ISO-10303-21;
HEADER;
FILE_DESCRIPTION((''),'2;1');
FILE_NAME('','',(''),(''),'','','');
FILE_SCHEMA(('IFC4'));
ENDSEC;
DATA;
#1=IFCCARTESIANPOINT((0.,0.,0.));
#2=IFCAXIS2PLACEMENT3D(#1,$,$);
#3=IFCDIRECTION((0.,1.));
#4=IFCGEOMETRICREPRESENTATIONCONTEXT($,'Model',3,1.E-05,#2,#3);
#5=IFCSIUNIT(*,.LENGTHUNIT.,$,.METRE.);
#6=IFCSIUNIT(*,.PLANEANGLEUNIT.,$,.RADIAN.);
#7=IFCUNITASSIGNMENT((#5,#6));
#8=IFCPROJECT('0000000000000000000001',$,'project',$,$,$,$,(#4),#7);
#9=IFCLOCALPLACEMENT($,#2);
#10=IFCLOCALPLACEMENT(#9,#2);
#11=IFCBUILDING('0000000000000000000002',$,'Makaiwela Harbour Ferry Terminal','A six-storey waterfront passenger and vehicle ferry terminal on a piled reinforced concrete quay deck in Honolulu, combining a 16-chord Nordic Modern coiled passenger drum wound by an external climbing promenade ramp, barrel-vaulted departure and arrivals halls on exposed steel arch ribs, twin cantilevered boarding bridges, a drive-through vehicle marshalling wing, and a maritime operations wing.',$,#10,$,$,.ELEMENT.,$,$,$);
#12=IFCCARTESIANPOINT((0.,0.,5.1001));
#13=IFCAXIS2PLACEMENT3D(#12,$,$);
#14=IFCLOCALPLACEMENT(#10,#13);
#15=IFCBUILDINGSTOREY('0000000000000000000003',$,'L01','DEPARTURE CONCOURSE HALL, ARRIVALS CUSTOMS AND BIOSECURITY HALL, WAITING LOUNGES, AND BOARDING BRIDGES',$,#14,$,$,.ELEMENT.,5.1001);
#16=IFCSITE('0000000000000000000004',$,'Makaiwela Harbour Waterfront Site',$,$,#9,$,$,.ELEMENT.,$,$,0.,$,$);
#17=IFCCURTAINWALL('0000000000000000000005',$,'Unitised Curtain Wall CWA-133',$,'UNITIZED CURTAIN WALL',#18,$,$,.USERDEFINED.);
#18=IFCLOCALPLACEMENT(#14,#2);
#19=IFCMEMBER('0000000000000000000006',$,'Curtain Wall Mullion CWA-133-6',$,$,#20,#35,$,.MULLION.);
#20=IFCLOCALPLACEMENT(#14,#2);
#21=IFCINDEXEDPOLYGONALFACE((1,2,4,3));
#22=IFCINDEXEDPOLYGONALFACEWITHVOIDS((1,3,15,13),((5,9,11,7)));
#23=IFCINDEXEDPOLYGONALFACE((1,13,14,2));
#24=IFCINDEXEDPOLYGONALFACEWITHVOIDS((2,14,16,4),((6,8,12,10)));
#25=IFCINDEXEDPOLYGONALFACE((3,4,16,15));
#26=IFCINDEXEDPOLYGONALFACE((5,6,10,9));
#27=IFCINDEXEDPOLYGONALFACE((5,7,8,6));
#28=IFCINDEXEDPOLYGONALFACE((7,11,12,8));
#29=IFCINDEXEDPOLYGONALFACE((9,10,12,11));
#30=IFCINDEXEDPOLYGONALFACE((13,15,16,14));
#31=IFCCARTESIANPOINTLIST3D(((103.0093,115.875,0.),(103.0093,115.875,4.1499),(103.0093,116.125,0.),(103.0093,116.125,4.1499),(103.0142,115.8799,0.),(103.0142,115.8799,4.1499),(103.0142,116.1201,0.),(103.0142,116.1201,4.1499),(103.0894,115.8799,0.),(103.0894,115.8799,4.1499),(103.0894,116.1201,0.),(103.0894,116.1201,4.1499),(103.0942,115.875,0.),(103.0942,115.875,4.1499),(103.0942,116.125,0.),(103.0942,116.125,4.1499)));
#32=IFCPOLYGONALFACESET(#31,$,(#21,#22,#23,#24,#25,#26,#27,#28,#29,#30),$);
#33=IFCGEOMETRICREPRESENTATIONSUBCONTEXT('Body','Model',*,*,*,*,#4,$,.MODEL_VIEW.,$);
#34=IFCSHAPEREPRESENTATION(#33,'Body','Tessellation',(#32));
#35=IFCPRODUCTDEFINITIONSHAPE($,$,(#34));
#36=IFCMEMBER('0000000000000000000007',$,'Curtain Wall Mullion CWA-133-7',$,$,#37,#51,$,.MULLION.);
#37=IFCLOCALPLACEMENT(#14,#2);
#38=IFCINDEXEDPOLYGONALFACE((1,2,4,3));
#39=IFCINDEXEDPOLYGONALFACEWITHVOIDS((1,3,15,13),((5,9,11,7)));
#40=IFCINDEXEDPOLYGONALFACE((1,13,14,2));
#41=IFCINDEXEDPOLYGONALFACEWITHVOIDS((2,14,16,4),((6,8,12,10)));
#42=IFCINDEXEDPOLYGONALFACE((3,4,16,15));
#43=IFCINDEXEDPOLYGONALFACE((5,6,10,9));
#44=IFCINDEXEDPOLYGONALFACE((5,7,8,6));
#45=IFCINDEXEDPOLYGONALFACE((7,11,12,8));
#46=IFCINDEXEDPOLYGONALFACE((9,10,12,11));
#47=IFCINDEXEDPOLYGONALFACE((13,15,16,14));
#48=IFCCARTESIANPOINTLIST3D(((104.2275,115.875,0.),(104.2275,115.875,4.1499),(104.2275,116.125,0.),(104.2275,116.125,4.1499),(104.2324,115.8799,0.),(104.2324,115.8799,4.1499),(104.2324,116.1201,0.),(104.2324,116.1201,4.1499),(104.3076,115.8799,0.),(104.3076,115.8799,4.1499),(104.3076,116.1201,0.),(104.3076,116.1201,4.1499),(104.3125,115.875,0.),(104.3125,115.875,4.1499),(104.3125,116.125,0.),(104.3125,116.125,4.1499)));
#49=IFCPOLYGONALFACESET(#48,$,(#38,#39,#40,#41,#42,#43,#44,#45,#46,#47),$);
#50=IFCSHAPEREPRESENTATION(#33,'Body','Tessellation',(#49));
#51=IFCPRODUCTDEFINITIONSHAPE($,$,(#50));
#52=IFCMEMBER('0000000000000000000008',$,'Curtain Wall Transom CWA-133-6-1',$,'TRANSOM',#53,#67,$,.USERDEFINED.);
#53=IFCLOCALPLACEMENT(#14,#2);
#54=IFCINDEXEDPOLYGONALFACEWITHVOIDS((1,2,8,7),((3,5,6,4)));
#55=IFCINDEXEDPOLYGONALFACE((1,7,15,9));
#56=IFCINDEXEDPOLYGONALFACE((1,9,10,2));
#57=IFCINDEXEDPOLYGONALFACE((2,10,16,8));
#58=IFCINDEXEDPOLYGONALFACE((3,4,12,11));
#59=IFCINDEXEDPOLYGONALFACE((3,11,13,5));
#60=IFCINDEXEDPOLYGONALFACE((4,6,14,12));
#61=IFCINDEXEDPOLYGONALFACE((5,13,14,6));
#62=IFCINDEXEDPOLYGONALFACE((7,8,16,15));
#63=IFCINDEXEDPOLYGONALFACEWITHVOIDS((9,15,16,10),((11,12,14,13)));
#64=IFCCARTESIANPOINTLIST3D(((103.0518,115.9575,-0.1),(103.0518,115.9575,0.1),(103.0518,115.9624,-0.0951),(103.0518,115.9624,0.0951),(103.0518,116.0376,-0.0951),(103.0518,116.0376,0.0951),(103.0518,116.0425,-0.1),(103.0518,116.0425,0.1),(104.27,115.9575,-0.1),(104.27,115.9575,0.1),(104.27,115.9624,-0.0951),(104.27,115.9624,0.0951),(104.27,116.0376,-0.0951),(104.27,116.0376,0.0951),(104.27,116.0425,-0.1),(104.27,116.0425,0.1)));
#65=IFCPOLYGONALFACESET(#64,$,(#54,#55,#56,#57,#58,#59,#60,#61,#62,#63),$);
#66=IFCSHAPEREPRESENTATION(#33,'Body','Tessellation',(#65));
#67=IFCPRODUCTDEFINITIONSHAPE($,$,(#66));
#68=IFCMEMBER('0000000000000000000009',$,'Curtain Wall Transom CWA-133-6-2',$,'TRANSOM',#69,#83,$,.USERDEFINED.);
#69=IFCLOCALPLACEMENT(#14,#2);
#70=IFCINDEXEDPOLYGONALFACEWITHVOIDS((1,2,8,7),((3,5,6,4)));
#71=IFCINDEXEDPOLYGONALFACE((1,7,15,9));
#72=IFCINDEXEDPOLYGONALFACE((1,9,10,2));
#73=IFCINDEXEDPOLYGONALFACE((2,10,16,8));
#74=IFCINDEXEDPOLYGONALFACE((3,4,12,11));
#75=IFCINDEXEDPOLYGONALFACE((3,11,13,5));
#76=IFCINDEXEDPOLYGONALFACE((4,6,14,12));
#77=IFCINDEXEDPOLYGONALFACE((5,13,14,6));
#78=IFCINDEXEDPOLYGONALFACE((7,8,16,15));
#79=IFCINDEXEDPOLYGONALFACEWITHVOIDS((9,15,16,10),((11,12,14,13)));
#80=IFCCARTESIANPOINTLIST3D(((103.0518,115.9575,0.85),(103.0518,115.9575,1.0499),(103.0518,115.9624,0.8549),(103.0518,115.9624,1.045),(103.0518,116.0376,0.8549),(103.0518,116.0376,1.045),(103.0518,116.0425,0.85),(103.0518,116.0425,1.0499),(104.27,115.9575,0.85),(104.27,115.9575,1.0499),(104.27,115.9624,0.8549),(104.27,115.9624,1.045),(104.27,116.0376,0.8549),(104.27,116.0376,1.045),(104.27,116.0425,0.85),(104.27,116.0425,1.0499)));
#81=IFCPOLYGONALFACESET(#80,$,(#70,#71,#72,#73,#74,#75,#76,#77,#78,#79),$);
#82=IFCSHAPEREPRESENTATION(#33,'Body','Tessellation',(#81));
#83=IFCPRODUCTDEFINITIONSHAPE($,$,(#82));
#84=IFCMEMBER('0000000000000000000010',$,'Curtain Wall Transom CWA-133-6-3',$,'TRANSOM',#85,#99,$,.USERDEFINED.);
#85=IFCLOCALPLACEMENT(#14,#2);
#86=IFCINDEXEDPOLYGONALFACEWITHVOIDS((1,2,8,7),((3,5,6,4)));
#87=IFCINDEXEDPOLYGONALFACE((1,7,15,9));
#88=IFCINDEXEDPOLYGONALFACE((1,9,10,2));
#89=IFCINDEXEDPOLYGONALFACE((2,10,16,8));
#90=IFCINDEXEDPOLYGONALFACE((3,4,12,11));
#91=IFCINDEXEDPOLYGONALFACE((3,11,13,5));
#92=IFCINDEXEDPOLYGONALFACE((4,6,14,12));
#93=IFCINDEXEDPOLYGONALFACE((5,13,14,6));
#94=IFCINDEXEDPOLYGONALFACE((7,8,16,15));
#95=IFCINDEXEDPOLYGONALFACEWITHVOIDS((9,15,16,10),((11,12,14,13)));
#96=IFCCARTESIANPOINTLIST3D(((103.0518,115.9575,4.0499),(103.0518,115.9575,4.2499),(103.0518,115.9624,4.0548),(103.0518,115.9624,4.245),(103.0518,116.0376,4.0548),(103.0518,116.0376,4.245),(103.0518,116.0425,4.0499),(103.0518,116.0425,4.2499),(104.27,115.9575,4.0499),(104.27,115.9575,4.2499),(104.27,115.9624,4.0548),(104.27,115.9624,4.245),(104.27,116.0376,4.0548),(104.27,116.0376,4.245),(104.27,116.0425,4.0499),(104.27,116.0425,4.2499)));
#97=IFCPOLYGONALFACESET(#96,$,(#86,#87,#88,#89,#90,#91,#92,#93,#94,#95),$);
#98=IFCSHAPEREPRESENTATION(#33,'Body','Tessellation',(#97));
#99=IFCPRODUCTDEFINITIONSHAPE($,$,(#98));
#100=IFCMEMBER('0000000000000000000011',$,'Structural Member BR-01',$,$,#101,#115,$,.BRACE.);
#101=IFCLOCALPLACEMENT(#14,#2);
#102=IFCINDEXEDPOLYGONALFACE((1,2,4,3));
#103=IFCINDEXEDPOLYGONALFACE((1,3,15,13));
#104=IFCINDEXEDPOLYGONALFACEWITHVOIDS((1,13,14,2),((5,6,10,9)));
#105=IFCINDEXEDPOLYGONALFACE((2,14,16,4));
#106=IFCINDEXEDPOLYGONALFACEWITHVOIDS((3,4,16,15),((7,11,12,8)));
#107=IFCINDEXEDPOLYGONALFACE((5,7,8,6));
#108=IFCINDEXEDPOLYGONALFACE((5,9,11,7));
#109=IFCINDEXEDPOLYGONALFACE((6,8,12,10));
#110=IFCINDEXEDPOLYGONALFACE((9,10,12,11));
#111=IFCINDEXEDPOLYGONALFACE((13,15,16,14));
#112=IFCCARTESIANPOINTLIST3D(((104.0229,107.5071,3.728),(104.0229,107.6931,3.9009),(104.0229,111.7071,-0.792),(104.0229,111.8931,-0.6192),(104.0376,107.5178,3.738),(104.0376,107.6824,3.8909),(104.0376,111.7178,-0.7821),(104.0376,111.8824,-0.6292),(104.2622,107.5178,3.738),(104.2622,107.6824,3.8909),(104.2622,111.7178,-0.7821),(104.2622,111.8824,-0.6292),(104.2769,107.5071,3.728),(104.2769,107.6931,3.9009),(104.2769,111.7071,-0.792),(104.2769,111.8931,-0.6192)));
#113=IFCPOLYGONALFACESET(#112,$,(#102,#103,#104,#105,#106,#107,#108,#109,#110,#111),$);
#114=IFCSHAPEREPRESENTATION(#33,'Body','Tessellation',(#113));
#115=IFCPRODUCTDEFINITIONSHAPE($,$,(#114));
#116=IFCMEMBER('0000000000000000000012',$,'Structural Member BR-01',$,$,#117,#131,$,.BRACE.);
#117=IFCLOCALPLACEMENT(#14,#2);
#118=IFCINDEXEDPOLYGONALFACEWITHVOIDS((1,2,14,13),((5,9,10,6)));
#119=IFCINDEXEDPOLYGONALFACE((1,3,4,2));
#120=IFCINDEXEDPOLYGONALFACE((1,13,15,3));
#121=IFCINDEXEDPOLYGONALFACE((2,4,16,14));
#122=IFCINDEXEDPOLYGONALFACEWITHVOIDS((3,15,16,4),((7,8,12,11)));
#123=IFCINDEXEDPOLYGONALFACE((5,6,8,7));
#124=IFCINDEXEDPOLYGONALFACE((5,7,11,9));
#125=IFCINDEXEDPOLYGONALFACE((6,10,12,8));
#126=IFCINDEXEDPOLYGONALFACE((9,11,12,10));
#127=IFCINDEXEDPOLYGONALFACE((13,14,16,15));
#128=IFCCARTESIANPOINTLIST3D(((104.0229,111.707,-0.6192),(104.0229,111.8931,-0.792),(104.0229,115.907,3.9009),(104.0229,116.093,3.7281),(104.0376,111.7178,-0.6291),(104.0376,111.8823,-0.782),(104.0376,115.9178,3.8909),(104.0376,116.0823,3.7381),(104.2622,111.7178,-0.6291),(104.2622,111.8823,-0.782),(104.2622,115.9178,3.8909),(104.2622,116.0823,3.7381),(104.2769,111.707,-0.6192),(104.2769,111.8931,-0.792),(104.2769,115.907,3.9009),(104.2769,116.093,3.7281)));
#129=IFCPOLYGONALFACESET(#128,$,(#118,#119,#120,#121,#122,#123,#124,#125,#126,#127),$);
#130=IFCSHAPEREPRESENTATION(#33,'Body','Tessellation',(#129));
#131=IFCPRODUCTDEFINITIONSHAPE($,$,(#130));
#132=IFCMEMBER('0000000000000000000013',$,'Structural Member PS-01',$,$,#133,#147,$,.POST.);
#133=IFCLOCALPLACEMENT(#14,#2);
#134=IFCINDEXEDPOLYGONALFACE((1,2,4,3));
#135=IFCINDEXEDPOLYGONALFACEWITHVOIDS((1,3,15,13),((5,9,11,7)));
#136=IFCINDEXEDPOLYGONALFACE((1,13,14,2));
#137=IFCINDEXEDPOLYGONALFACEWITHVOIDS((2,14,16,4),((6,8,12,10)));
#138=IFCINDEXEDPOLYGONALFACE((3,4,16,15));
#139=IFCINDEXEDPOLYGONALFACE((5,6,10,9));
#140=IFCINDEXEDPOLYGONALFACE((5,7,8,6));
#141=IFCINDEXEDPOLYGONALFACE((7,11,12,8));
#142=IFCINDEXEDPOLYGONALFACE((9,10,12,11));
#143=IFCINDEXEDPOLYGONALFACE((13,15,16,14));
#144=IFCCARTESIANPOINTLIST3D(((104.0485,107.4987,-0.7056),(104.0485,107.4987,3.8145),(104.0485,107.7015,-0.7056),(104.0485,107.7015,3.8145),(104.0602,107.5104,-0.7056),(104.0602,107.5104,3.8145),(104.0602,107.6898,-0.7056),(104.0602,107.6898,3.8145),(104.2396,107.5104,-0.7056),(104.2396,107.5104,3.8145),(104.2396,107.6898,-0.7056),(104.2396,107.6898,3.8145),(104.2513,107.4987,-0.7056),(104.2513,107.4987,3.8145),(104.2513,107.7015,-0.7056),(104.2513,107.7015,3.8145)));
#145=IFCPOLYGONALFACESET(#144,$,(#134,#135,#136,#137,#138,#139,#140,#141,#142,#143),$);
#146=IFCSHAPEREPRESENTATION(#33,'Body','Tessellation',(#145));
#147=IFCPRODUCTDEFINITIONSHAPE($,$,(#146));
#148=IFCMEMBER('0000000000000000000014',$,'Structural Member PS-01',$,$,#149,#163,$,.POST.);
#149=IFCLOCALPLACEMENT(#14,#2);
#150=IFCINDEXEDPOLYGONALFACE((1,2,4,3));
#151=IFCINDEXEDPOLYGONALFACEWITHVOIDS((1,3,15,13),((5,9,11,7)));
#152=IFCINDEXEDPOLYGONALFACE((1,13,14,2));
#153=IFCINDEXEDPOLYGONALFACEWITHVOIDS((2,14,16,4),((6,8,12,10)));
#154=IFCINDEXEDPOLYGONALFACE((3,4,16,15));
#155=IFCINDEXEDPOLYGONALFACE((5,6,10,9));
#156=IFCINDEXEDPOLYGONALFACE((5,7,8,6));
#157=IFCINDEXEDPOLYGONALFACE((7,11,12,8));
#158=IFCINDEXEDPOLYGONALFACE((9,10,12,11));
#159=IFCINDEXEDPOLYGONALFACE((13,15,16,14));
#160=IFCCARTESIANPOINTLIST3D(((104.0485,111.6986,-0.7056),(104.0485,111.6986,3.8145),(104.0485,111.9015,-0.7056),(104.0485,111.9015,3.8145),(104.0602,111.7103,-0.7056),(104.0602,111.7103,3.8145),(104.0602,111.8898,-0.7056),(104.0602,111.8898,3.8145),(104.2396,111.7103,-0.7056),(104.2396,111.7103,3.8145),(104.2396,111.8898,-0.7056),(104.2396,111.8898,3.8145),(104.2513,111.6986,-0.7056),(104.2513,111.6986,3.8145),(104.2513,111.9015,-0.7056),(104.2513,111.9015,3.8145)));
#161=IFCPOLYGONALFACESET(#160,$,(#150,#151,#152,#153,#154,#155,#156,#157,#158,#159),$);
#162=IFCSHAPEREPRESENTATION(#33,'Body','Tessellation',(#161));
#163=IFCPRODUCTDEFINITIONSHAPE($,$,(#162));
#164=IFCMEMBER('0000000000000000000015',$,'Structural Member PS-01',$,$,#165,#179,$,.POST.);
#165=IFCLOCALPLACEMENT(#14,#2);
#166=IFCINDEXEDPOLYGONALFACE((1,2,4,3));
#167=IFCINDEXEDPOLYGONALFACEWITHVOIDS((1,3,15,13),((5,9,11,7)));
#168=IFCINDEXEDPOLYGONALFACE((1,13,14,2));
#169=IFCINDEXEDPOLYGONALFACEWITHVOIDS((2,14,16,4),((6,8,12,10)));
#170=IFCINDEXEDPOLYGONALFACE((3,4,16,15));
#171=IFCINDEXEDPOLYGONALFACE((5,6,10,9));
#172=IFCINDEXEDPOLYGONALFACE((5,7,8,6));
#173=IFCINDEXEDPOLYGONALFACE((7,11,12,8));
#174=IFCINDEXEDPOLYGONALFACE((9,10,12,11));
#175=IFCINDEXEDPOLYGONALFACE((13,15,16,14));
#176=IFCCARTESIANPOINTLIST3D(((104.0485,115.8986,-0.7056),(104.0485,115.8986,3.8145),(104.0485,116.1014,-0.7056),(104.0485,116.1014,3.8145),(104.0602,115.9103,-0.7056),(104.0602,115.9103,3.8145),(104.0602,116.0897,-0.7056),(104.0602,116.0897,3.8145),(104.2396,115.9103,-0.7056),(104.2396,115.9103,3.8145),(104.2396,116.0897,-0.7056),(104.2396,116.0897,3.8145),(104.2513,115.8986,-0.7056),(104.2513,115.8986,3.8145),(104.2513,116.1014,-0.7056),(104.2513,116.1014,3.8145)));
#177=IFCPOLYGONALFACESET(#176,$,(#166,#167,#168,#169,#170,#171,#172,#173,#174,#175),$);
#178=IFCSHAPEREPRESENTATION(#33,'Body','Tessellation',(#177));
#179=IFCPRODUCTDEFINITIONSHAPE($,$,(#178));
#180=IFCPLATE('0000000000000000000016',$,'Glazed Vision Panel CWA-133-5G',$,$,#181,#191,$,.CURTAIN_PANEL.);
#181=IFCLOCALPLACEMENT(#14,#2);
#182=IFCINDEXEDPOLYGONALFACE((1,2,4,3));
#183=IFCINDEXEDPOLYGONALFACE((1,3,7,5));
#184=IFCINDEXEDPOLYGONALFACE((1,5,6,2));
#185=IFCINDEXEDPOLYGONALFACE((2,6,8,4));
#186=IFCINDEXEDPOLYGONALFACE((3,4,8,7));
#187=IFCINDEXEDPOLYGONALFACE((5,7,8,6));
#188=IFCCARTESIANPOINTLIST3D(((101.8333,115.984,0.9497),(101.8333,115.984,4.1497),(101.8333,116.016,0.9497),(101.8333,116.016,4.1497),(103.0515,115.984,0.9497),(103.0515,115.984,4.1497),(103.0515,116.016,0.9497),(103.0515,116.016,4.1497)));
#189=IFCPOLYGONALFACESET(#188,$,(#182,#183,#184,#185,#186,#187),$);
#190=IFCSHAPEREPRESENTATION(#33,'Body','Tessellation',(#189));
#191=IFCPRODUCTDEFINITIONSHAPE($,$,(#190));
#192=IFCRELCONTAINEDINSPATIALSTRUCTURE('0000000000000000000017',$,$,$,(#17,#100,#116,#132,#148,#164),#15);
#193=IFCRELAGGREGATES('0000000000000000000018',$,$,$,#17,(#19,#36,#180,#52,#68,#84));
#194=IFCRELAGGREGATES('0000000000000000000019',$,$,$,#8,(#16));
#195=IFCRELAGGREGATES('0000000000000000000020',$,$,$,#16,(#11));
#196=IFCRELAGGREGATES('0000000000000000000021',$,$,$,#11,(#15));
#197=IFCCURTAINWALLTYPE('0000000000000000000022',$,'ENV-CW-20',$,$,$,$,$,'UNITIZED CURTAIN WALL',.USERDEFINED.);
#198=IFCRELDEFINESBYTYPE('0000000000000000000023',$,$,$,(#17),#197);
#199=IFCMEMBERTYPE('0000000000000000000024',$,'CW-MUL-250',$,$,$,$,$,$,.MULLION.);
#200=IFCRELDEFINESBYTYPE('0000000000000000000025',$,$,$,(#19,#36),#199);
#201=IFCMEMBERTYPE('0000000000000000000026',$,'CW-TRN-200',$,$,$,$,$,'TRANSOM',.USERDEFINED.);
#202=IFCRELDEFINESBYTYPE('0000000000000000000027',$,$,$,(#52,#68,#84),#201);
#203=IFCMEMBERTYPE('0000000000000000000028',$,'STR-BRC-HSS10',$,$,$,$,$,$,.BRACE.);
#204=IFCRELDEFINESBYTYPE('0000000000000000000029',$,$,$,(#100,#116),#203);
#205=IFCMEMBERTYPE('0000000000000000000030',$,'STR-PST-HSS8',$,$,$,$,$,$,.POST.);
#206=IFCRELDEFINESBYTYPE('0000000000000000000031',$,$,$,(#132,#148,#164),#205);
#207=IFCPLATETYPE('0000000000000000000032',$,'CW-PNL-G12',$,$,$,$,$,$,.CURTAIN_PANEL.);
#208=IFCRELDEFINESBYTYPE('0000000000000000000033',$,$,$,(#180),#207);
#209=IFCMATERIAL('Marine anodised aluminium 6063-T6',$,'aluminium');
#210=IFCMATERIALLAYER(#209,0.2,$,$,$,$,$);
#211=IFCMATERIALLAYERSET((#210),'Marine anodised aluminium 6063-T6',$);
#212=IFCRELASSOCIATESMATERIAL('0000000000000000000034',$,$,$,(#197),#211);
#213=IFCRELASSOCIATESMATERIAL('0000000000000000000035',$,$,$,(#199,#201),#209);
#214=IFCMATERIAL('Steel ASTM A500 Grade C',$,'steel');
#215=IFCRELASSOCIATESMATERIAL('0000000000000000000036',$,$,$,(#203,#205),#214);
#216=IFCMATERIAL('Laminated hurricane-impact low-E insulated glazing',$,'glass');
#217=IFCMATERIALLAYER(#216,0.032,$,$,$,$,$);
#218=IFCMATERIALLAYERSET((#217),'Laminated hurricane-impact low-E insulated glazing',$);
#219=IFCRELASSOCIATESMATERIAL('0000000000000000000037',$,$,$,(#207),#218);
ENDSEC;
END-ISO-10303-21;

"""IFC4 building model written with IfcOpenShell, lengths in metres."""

from ifc_helpers import new_model, si_unit, direction, frame, origin, origin_2d, place, context, subcontext, project, spatial, rectangle, hollow_rectangle, extrude, material, layer, layer_set, material_profile, profile_set, type_object, element, aggregate, save


model = new_model("IFC4")

# Units and contexts
model_context = context("Model", 3, precision=1e-05, world=origin(), true_north=direction((0.0, 1.0)))
body_context = subcontext(model_context, "Body", "Model", "MODEL_VIEW")
ifc_project = project(units=[si_unit("LENGTHUNIT", "METRE"), si_unit("PLANEANGLEUNIT", "RADIAN")], contexts=[model_context])

# Site, building, storey
site_placement = place(None, origin())
site = spatial("IfcSite", under=ifc_project, at=site_placement, Name="Makaiwela Harbour Waterfront Site", CompositionType="ELEMENT", RefElevation=0.0)
building_placement = place(site_placement, origin())
building = spatial("IfcBuilding", under=site, at=building_placement, Name="Makaiwela Harbour Ferry Terminal", Description="A six-storey waterfront passenger and vehicle ferry terminal on a piled reinforced concrete quay deck in Honolulu, combining a 16-chord Nordic Modern coiled passenger drum wound by an external climbing promenade ramp, barrel-vaulted departure and arrivals halls on exposed steel arch ribs, twin cantilevered boarding bridges, a drive-through vehicle marshalling wing, and a maritime operations wing.", CompositionType="ELEMENT")
storey_placement = place(building_placement, frame((0.0, 0.0, 5.1001)))
storey = spatial("IfcBuildingStorey", under=building, at=storey_placement, Name="L01", Description="DEPARTURE CONCOURSE HALL, ARRIVALS CUSTOMS AND BIOSECURITY HALL, WAITING LOUNGES, AND BOARDING BRIDGES", CompositionType="ELEMENT", Elevation=5.1001)

# Curtain wall, members
ifc_material_1 = material(Name="Marine anodised aluminium 6063-T6", Category="aluminium")
ifc_layer_1 = layer(ifc_material_1, 0.2)
ifc_layer_set_1 = layer_set([ifc_layer_1], Name="Marine anodised aluminium 6063-T6")
curtain_wall_type = type_object("IfcCurtainWallType", Name="ENV-CW-20", ElementType="UNITIZED CURTAIN WALL", PredefinedType="USERDEFINED", material=ifc_layer_set_1)
curtain_wall_placement = place(storey_placement, origin())
curtain_wall = element("IfcCurtainWall", 1, at=curtain_wall_placement, inside=storey, type_object=curtain_wall_type, Name="Unitised Curtain Wall CWA-133", ObjectType="UNITIZED CURTAIN WALL", PredefinedType="USERDEFINED")
ifc_material_profile_1 = material_profile(ifc_material_1, hollow_rectangle(XDim=0.085, YDim=0.25, WallThickness=0.0049, at=origin_2d()), Name="CWM-250X85")
ifc_profile_set_1 = profile_set([ifc_material_profile_1], Name="Marine anodised aluminium 6063-T6")
member_type_1 = type_object("IfcMemberType", Name="CW-MUL-250", PredefinedType="MULLION", material=ifc_profile_set_1)
member_1_placement = place(storey_placement, frame((103.0518, 116.0, 0.0), z_axis=(0.0, 0.0, 1.0), x_axis=(1.0, 0.0, 0.0)))
member_1 = element("IfcMember", 2, at=member_1_placement, type_object=member_type_1, Name="Curtain Wall Mullion CWA-133-6", PredefinedType="MULLION", context=body_context, shape_type="SweptSolid", body=[
    extrude(hollow_rectangle(XDim=0.085, YDim=0.25, WallThickness=0.0049, at=origin_2d()), origin(), (0.0, 0.0, 1.0), 4.1499),
])
member_2_placement = place(storey_placement, frame((104.27, 116.0, 0.0), z_axis=(0.0, 0.0, 1.0), x_axis=(1.0, 0.0, 0.0)))
member_2 = element("IfcMember", 3, at=member_2_placement, type_object=member_type_1, Name="Curtain Wall Mullion CWA-133-7", PredefinedType="MULLION", context=body_context, shape_type="SweptSolid", body=[
    extrude(hollow_rectangle(XDim=0.085, YDim=0.25, WallThickness=0.0049, at=origin_2d()), origin(), (0.0, 0.0, 1.0), 4.1499),
])
ifc_material_profile_2 = material_profile(ifc_material_1, hollow_rectangle(XDim=0.085, YDim=0.2, WallThickness=0.0049, at=origin_2d()), Name="CWT-200X85")
ifc_profile_set_2 = profile_set([ifc_material_profile_2], Name="Marine anodised aluminium 6063-T6")
member_type_2 = type_object("IfcMemberType", Name="CW-TRN-200", ElementType="TRANSOM", PredefinedType="USERDEFINED", material=ifc_profile_set_2)
member_3_placement = place(storey_placement, frame((103.0518, 116.0, 0.0), z_axis=(1.0, 0.0, 0.0), x_axis=(0.0, 1.0, 0.0)))
member_3 = element("IfcMember", 4, at=member_3_placement, type_object=member_type_2, Name="Curtain Wall Transom CWA-133-6-1", ObjectType="TRANSOM", PredefinedType="USERDEFINED", context=body_context, shape_type="SweptSolid", body=[
    extrude(hollow_rectangle(XDim=0.085, YDim=0.2, WallThickness=0.0049, at=origin_2d()), origin(), (0.0, 0.0, 1.0), 1.2183),
])
member_4_placement = place(storey_placement, frame((103.0518, 116.0, 0.95), z_axis=(1.0, 0.0, 0.0), x_axis=(0.0, 1.0, 0.0)))
member_4 = element("IfcMember", 5, at=member_4_placement, type_object=member_type_2, Name="Curtain Wall Transom CWA-133-6-2", ObjectType="TRANSOM", PredefinedType="USERDEFINED", context=body_context, shape_type="SweptSolid", body=[
    extrude(hollow_rectangle(XDim=0.085, YDim=0.2, WallThickness=0.0049, at=origin_2d()), origin(), (0.0, 0.0, 1.0), 1.2183),
])
member_5_placement = place(storey_placement, frame((103.0518, 116.0, 4.1499), z_axis=(1.0, 0.0, 0.0), x_axis=(0.0, 1.0, 0.0)))
member_5 = element("IfcMember", 6, at=member_5_placement, type_object=member_type_2, Name="Curtain Wall Transom CWA-133-6-3", ObjectType="TRANSOM", PredefinedType="USERDEFINED", context=body_context, shape_type="SweptSolid", body=[
    extrude(hollow_rectangle(XDim=0.085, YDim=0.2, WallThickness=0.0049, at=origin_2d()), origin(), (0.0, 0.0, 1.0), 1.2183),
])

# Members
ifc_material_2 = material(Name="Steel ASTM A500 Grade C", Category="steel")
ifc_material_profile_3 = material_profile(ifc_material_2, hollow_rectangle(XDim=0.2539, YDim=0.2539, WallThickness=0.0146, at=origin_2d()), Name="HSS10X10X5/8")
ifc_profile_set_3 = profile_set([ifc_material_profile_3], Name="Steel ASTM A500 Grade C")
member_type_3 = type_object("IfcMemberType", Name="STR-BRC-HSS10", PredefinedType="BRACE", material=ifc_profile_set_3)
for number, where, z_axis, x_axis, name in (
    (7, (104.1499, 107.6001, 3.8145), (0.0, 0.680694, -0.732568), (-1.0, 0.0, 0.0), "Structural Member BR-01"),
    (8, (104.1499, 111.8, -0.7056), (0.0, 0.680694, 0.732568), (-1.0, 0.0, 0.0), "Structural Member BR-01"),
):
    element("IfcMember", number, at=place(storey_placement, frame(where, z_axis=z_axis, x_axis=x_axis)), inside=storey, type_object=member_type_3, Name=name, PredefinedType="BRACE", context=body_context, shape_type="SweptSolid", body=[
        extrude(hollow_rectangle(XDim=0.2539, YDim=0.2539, WallThickness=0.0146, at=origin_2d()), origin(), (0.0, 0.0, 1.0), 6.1702),
    ])
ifc_material_profile_4 = material_profile(ifc_material_2, hollow_rectangle(XDim=0.2029, YDim=0.2029, WallThickness=0.0117, at=origin_2d()), Name="HSS8X8X1/2")
ifc_profile_set_4 = profile_set([ifc_material_profile_4], Name="Steel ASTM A500 Grade C")
member_type_4 = type_object("IfcMemberType", Name="STR-PST-HSS8", PredefinedType="POST", material=ifc_profile_set_4)
for number, where, z_axis, x_axis, name in (
    (9, (104.1499, 107.6001, -0.7056), (0.0, 0.0, 1.0), (1.0, 0.0, 0.0), "Structural Member PS-01"),
    (10, (104.1499, 111.8, -0.7056), (0.0, 0.0, 1.0), (1.0, 0.0, 0.0), "Structural Member PS-01"),
    (11, (104.1499, 116.0, -0.7056), (0.0, 0.0, 1.0), (1.0, 0.0, 0.0), "Structural Member PS-01"),
):
    element("IfcMember", number, at=place(storey_placement, frame(where, z_axis=z_axis, x_axis=x_axis)), inside=storey, type_object=member_type_4, Name=name, PredefinedType="POST", context=body_context, shape_type="SweptSolid", body=[
        extrude(hollow_rectangle(XDim=0.2029, YDim=0.2029, WallThickness=0.0117, at=origin_2d()), origin(), (0.0, 0.0, 1.0), 4.52),
    ])

# Plate
ifc_material_3 = material(Name="Laminated hurricane-impact low-E insulated glazing", Category="glass")
ifc_layer_2 = layer(ifc_material_3, 0.032)
ifc_layer_set_2 = layer_set([ifc_layer_2], Name="Laminated hurricane-impact low-E insulated glazing")
plate_type_1 = type_object("IfcPlateType", Name="CW-PNL-G12", PredefinedType="CURTAIN_PANEL", material=ifc_layer_set_2)
plate_1_placement = place(storey_placement, frame((102.4424, 116.0, 0.9497), z_axis=(0.0, 0.0, 1.0), x_axis=(1.0, 0.0, 0.0)))
plate_1 = element("IfcPlate", 12, at=plate_1_placement, type_object=plate_type_1, Name="Glazed Vision Panel CWA-133-5G", PredefinedType="CURTAIN_PANEL", context=body_context, shape_type="SweptSolid", body=[
    extrude(rectangle(XDim=1.2183, YDim=0.032, at=origin_2d()), origin(), (0.0, 0.0, 1.0), 3.2),
])
aggregate(curtain_wall, [member_1, member_2, plate_1, member_3, member_4, member_5])

save(model, "model.ifc")
